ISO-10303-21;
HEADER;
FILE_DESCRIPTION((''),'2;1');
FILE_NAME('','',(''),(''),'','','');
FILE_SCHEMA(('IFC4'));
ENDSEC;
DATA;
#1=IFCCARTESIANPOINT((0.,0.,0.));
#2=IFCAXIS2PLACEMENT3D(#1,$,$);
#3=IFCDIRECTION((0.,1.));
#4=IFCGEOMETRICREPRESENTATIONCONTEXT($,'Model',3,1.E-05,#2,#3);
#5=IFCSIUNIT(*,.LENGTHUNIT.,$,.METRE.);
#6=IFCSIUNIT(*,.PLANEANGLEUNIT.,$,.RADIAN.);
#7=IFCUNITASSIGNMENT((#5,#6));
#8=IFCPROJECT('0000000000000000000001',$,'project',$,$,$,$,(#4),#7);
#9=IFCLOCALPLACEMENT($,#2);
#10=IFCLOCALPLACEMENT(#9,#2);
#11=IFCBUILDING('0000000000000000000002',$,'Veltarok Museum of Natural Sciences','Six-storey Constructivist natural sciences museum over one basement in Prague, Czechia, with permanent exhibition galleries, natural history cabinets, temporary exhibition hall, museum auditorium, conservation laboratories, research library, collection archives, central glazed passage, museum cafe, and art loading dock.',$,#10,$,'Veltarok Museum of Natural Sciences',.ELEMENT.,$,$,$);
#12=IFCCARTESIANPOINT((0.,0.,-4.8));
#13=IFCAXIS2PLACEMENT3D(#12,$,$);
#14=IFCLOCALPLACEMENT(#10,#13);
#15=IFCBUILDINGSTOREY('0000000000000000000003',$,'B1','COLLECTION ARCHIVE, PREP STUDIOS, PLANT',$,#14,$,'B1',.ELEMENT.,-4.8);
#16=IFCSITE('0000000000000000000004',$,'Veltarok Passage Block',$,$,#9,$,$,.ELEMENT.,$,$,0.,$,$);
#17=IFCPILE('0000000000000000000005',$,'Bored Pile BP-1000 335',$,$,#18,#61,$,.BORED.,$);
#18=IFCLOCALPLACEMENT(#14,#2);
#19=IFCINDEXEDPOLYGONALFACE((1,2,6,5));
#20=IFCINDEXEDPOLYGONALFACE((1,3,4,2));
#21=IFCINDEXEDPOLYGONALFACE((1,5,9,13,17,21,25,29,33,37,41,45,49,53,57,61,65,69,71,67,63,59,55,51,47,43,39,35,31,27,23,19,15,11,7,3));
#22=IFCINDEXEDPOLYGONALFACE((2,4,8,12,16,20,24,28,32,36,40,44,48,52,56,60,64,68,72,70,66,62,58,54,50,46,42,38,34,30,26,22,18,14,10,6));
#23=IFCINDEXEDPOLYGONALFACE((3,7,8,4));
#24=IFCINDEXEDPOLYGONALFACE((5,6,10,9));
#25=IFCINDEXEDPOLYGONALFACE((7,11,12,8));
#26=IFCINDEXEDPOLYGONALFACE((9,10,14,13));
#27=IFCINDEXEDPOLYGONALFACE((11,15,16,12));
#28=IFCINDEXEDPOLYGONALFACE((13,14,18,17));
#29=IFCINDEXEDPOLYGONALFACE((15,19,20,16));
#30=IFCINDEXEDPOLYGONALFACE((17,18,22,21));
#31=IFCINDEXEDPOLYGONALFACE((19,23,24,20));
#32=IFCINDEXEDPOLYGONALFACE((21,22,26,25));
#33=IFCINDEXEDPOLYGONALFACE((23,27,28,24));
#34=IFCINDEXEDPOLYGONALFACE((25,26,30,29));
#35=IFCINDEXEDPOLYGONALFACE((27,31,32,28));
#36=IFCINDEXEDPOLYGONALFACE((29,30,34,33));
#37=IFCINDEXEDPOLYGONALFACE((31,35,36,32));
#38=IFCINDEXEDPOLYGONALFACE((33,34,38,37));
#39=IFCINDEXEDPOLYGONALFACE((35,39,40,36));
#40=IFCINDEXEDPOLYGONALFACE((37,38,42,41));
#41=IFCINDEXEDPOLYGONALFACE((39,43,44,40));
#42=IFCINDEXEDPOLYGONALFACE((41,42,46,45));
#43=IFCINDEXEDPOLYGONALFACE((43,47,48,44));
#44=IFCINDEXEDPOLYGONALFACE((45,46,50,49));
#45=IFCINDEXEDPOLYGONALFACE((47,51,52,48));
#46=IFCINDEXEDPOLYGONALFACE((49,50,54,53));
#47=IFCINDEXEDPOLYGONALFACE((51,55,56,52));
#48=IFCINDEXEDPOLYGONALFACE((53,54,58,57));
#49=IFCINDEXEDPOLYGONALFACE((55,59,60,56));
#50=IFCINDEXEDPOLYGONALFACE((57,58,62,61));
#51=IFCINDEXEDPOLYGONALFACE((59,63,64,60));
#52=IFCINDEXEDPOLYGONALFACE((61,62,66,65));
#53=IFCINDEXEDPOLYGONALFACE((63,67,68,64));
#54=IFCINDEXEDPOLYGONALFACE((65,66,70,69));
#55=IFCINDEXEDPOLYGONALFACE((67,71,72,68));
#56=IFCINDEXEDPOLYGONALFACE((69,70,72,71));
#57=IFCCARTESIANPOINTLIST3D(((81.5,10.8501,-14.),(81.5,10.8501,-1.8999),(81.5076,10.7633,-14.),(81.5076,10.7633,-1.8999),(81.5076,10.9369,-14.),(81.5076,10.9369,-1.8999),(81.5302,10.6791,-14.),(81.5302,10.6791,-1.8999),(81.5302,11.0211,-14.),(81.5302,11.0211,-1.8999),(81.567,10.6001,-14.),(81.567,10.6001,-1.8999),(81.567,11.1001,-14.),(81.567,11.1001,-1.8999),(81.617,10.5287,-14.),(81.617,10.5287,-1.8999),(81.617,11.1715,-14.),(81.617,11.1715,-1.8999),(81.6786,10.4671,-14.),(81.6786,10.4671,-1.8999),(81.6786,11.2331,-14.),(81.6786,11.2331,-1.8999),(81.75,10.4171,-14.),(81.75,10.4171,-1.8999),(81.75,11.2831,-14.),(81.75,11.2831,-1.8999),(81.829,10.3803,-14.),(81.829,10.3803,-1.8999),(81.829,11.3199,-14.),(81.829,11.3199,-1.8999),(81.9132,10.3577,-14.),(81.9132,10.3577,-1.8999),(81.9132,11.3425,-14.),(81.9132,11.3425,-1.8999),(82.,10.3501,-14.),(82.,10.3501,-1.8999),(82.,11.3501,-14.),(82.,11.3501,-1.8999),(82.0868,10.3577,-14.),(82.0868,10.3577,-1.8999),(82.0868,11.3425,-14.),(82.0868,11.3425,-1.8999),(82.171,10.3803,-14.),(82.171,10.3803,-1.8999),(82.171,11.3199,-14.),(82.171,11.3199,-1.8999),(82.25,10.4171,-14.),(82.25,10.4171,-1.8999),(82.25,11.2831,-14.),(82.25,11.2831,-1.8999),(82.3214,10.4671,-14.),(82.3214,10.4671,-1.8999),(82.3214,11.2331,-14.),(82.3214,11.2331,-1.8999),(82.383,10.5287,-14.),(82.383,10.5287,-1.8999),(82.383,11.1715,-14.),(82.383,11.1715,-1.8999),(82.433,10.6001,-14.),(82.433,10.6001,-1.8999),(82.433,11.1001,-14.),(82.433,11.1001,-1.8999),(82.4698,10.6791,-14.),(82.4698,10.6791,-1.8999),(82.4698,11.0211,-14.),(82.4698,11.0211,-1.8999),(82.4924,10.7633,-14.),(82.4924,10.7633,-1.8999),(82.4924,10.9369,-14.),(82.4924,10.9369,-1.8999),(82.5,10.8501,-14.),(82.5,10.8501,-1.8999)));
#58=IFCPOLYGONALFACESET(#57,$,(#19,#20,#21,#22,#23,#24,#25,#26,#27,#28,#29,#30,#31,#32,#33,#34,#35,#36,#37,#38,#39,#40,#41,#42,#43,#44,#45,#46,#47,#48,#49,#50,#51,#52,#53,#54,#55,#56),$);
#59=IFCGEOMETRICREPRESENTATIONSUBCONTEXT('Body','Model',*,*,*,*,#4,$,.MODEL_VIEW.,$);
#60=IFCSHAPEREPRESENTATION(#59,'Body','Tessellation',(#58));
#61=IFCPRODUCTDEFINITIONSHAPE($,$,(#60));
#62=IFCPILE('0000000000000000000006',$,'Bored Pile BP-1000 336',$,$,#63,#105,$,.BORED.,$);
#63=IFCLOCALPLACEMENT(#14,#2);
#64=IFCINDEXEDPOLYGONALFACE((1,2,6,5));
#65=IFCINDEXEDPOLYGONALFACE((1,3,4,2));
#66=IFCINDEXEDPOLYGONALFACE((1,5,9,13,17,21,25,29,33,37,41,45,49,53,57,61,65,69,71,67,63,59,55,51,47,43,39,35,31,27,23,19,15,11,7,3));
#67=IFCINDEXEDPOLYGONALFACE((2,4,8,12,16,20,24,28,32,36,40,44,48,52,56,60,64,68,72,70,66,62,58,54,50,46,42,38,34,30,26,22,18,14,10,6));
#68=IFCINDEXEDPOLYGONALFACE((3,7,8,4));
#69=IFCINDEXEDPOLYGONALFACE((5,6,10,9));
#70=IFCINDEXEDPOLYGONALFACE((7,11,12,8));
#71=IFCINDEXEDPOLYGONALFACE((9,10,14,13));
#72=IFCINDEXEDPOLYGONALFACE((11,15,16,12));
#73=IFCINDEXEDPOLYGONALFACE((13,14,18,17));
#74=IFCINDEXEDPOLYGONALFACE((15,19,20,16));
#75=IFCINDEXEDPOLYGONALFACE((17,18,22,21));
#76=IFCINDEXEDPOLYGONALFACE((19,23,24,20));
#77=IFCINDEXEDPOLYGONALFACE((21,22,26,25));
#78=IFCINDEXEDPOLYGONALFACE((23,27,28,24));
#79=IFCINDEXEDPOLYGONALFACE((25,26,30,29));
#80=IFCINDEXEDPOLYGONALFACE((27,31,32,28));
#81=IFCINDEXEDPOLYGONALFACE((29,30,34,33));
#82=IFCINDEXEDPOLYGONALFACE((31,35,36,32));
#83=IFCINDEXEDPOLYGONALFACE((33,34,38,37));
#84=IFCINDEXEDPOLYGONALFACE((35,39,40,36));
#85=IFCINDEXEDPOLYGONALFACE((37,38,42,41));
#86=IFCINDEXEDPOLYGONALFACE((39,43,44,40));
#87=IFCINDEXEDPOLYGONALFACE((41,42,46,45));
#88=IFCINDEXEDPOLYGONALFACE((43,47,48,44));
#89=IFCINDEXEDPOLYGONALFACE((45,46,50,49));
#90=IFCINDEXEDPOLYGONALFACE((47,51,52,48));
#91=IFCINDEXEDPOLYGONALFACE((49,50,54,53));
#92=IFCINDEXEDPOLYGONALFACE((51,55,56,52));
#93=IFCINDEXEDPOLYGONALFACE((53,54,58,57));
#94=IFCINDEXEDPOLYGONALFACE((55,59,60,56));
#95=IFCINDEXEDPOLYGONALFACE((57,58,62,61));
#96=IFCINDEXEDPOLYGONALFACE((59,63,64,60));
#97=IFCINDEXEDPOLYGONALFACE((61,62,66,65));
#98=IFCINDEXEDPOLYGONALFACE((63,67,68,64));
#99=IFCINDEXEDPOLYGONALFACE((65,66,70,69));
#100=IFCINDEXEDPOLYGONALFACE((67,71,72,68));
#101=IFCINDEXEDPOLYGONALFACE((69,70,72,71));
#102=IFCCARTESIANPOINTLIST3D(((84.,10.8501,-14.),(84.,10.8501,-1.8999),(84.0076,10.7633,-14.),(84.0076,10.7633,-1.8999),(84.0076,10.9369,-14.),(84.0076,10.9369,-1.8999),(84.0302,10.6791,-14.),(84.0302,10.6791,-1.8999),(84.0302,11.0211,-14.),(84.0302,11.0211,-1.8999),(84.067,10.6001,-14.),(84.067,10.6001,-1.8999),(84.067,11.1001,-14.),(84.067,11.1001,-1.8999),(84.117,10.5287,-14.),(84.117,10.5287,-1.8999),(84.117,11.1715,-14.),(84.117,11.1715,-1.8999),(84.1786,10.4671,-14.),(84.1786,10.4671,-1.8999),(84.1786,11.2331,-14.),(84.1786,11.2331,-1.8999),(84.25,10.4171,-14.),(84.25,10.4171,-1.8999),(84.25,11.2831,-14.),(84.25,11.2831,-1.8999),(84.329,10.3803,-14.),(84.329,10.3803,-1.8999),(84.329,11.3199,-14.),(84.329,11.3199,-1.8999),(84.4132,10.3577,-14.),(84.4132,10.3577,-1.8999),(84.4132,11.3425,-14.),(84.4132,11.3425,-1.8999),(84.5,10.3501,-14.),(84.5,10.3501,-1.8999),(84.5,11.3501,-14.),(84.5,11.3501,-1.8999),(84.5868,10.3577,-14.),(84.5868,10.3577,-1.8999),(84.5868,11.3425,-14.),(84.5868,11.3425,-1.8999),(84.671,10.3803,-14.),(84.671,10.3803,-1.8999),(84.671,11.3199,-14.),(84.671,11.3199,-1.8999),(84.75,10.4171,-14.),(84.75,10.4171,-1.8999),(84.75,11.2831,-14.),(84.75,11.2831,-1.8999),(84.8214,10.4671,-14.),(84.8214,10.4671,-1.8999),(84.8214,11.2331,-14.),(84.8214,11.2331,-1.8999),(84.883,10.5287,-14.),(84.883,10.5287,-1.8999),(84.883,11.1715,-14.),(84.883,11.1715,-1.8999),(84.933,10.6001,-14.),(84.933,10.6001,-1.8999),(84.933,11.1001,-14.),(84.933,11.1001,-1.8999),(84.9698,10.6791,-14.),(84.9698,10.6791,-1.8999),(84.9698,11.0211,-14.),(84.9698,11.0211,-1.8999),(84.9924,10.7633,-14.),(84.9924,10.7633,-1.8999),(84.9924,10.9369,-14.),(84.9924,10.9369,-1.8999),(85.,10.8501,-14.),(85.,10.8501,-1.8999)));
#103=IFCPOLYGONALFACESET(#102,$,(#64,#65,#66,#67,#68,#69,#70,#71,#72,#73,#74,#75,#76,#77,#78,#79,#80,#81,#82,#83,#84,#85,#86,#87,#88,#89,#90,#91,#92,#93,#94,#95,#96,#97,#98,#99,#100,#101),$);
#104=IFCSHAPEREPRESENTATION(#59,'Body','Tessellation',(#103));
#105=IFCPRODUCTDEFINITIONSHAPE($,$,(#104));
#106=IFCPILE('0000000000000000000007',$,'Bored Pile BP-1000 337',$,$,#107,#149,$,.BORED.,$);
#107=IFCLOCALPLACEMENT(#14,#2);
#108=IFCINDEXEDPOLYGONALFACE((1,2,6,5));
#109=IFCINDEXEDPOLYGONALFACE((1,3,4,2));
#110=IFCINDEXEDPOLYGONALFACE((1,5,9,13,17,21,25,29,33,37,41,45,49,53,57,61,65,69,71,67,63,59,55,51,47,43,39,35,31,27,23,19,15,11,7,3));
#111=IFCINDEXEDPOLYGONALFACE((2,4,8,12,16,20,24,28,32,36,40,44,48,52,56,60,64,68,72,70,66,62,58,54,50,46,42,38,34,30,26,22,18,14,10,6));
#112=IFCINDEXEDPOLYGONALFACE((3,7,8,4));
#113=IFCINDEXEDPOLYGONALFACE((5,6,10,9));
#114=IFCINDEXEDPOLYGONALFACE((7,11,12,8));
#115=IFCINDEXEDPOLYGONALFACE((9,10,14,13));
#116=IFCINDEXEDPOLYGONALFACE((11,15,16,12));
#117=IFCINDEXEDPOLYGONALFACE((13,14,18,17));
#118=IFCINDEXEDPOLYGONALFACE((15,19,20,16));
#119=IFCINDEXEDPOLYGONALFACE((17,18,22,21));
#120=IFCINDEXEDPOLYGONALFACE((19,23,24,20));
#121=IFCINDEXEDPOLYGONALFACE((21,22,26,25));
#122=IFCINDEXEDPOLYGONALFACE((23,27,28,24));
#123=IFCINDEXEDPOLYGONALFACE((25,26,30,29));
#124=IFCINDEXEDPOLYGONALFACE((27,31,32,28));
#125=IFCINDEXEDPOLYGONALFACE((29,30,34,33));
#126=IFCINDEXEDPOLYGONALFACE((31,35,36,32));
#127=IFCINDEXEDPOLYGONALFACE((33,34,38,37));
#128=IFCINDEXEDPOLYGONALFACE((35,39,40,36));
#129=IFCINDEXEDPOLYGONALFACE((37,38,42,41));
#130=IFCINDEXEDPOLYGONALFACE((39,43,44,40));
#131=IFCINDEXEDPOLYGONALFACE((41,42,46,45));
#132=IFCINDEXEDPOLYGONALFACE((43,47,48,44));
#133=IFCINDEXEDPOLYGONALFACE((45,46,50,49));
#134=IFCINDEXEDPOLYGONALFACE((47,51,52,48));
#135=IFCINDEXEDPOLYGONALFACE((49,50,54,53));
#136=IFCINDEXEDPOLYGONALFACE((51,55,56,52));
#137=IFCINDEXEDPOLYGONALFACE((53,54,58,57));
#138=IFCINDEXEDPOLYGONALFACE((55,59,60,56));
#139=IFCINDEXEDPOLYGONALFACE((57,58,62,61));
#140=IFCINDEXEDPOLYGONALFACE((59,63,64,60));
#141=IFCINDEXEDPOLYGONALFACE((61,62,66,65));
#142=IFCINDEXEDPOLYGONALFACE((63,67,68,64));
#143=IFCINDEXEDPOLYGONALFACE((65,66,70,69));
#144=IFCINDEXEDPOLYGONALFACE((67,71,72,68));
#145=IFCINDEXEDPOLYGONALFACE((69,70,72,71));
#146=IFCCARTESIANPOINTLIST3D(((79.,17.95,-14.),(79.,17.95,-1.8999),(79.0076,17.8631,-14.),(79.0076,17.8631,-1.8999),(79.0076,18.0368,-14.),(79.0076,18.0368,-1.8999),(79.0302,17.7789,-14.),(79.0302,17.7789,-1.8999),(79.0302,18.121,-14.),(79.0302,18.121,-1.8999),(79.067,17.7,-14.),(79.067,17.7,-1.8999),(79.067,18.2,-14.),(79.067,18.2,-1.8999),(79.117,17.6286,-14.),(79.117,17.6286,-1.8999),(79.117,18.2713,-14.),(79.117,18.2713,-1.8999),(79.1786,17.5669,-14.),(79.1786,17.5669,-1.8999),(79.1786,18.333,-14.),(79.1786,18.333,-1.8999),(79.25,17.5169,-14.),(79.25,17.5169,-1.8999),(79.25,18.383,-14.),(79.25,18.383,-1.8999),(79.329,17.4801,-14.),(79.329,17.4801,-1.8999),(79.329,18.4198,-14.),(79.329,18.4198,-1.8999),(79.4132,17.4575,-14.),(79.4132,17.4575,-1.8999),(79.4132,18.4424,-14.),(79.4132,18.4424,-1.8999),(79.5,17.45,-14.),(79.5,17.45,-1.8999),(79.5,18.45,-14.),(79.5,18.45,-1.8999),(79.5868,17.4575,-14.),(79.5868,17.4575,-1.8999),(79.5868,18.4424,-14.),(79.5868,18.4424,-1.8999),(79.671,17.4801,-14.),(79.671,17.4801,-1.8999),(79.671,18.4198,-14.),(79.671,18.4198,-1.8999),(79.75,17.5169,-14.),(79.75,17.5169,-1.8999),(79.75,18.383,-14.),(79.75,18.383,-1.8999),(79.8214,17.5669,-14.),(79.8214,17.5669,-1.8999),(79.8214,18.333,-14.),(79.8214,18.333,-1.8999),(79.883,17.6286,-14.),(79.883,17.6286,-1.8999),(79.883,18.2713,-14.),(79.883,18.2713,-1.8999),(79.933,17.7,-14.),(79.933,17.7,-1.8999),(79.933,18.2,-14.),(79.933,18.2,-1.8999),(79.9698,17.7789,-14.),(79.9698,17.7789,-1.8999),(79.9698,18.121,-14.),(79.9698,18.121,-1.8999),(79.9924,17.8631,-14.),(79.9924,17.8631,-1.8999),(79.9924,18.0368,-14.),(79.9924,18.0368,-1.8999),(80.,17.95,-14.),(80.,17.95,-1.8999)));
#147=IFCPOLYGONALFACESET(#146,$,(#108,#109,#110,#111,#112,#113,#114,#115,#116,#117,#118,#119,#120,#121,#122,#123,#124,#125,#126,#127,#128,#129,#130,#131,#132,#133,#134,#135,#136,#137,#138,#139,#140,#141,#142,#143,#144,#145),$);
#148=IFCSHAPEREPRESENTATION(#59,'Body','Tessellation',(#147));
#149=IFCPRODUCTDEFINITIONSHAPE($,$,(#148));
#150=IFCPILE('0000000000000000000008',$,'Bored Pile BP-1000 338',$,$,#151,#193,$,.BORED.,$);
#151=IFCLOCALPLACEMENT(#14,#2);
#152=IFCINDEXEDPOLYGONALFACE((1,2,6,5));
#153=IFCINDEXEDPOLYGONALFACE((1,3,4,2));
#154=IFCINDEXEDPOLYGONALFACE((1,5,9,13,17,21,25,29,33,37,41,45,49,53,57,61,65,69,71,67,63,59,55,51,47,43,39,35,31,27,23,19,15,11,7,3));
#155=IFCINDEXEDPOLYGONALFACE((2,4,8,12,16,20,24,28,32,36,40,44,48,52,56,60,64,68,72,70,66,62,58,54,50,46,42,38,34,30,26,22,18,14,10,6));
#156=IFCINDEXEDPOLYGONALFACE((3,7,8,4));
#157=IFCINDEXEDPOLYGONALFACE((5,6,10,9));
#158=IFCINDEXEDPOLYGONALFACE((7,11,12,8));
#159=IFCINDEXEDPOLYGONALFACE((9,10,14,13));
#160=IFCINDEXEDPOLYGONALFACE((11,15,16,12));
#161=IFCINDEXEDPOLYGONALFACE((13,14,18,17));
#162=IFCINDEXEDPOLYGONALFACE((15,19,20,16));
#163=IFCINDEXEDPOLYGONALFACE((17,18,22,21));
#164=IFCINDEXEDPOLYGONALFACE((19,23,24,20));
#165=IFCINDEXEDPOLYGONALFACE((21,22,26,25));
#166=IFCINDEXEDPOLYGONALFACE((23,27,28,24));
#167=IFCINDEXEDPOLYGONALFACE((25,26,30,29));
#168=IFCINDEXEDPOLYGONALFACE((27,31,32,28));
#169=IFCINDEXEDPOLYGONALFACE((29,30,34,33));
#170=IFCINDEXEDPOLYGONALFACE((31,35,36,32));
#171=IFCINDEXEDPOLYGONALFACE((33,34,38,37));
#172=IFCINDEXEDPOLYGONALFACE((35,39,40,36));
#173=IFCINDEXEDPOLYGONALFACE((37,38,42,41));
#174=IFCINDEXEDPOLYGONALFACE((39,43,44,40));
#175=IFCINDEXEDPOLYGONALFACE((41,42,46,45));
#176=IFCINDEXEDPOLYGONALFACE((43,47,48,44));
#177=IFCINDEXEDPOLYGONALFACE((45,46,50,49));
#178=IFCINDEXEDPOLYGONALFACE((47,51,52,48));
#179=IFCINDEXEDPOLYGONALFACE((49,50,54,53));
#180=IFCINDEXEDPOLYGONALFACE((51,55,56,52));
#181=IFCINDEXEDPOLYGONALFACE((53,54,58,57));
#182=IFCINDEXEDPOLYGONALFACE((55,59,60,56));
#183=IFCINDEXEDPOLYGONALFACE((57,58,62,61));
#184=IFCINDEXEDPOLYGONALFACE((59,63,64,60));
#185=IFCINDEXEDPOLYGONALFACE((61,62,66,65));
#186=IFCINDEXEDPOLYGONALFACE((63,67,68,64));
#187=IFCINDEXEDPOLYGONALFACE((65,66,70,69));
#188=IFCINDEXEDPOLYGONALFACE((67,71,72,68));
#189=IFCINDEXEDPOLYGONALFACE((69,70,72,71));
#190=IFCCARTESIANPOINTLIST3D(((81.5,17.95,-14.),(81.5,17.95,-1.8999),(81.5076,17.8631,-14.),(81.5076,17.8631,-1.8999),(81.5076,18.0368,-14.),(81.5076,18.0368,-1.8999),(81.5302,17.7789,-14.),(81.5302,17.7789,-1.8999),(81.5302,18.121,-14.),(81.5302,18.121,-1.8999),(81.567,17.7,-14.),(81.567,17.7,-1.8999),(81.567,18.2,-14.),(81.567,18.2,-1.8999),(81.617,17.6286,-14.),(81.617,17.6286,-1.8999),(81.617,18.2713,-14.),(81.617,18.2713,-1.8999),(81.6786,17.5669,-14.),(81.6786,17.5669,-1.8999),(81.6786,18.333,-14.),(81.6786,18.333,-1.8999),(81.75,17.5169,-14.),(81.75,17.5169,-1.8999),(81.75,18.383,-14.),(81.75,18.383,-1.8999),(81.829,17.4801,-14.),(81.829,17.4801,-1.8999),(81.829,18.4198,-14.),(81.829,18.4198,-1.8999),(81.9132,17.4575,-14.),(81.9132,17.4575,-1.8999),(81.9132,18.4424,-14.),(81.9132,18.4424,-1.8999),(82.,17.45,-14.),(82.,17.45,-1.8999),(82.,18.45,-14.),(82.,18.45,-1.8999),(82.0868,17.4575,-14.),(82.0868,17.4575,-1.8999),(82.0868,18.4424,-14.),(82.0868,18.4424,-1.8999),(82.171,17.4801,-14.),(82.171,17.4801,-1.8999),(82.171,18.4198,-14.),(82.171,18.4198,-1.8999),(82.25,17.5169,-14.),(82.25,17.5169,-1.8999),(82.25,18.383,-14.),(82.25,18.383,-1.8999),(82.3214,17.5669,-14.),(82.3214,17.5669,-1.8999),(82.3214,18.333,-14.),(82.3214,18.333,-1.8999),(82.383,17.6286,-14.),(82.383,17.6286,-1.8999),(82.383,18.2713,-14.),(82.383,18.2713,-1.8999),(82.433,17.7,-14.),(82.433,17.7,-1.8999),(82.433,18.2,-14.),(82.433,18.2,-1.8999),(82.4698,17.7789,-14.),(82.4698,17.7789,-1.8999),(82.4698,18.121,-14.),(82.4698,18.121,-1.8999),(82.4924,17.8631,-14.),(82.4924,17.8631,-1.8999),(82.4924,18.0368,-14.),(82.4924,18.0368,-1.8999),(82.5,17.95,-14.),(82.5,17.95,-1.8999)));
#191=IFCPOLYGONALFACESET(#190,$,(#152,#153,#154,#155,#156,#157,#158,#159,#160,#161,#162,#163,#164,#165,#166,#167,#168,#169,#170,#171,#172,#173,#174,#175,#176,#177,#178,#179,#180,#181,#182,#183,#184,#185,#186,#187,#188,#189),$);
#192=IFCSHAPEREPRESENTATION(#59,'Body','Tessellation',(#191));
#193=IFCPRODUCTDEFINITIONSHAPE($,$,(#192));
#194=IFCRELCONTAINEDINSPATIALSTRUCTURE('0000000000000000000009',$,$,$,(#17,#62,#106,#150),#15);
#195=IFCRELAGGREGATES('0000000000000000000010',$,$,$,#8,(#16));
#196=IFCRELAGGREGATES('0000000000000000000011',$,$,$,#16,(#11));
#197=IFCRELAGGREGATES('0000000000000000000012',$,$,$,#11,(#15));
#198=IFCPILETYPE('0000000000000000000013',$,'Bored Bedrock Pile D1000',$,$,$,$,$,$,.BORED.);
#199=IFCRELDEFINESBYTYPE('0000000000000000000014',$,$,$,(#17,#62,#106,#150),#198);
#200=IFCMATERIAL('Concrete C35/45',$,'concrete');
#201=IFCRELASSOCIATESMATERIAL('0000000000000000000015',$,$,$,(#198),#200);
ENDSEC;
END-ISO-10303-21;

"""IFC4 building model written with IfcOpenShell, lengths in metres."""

from ifc_helpers import new_model, si_unit, direction, frame, origin, origin_2d, place, context, subcontext, project, spatial, circle, extrude, material, material_profile, profile_set, type_object, element, save


model = new_model("IFC4")

# Units and contexts
model_context = context("Model", 3, precision=1e-05, world=origin(), true_north=direction((0.0, 1.0)))
body_context = subcontext(model_context, "Body", "Model", "MODEL_VIEW")
ifc_project = project(units=[si_unit("LENGTHUNIT", "METRE"), si_unit("PLANEANGLEUNIT", "RADIAN")], contexts=[model_context])

# Site, building, storey
site_placement = place(None, origin())
site = spatial("IfcSite", under=ifc_project, at=site_placement, Name="Veltarok Passage Block", CompositionType="ELEMENT", RefElevation=0.0)
building_placement = place(site_placement, origin())
building = spatial("IfcBuilding", under=site, at=building_placement, Name="Veltarok Museum of Natural Sciences", Description="Six-storey Constructivist natural sciences museum over one basement in Prague, Czechia, with permanent exhibition galleries, natural history cabinets, temporary exhibition hall, museum auditorium, conservation laboratories, research library, collection archives, central glazed passage, museum cafe, and art loading dock.", LongName="Veltarok Museum of Natural Sciences", CompositionType="ELEMENT")
storey_placement = place(building_placement, frame((0.0, 0.0, -4.8)))
storey = spatial("IfcBuildingStorey", under=building, at=storey_placement, Name="B1", Description="COLLECTION ARCHIVE, PREP STUDIOS, PLANT", LongName="B1", CompositionType="ELEMENT", Elevation=-4.8)

# Piles
ifc_material_1 = material(Name="Concrete C35/45", Category="concrete")
ifc_material_profile_1 = material_profile(ifc_material_1, circle(Radius=0.5, at=origin_2d()), Name="BP D1000")
ifc_profile_set_1 = profile_set([ifc_material_profile_1], Name="Concrete C35/45")
pile_type_1 = type_object("IfcPileType", Name="Bored Bedrock Pile D1000", PredefinedType="BORED", material=ifc_profile_set_1)
for number, where, z_axis, x_axis, name in (
    (1, (82.0, 10.8501, -1.8999), (0.0, 0.0, -1.0), (1.0, 0.0, 0.0), "Bored Pile BP-1000 335"),
    (2, (84.5, 10.8501, -1.8999), (0.0, 0.0, -1.0), (1.0, 0.0, 0.0), "Bored Pile BP-1000 336"),
    (3, (79.5, 17.95, -1.8999), (0.0, 0.0, -1.0), (1.0, 0.0, 0.0), "Bored Pile BP-1000 337"),
    (4, (82.0, 17.95, -1.8999), (0.0, 0.0, -1.0), (1.0, 0.0, 0.0), "Bored Pile BP-1000 338"),
):
    element("IfcPile", number, at=place(storey_placement, frame(where, z_axis=z_axis, x_axis=x_axis)), inside=storey, type_object=pile_type_1, Name=name, PredefinedType="BORED", context=body_context, shape_type="SweptSolid", body=[
        extrude(circle(Radius=0.5, at=origin_2d()), origin(), (0.0, 0.0, 1.0), 12.1001),
    ])

save(model, "model.ifc")
